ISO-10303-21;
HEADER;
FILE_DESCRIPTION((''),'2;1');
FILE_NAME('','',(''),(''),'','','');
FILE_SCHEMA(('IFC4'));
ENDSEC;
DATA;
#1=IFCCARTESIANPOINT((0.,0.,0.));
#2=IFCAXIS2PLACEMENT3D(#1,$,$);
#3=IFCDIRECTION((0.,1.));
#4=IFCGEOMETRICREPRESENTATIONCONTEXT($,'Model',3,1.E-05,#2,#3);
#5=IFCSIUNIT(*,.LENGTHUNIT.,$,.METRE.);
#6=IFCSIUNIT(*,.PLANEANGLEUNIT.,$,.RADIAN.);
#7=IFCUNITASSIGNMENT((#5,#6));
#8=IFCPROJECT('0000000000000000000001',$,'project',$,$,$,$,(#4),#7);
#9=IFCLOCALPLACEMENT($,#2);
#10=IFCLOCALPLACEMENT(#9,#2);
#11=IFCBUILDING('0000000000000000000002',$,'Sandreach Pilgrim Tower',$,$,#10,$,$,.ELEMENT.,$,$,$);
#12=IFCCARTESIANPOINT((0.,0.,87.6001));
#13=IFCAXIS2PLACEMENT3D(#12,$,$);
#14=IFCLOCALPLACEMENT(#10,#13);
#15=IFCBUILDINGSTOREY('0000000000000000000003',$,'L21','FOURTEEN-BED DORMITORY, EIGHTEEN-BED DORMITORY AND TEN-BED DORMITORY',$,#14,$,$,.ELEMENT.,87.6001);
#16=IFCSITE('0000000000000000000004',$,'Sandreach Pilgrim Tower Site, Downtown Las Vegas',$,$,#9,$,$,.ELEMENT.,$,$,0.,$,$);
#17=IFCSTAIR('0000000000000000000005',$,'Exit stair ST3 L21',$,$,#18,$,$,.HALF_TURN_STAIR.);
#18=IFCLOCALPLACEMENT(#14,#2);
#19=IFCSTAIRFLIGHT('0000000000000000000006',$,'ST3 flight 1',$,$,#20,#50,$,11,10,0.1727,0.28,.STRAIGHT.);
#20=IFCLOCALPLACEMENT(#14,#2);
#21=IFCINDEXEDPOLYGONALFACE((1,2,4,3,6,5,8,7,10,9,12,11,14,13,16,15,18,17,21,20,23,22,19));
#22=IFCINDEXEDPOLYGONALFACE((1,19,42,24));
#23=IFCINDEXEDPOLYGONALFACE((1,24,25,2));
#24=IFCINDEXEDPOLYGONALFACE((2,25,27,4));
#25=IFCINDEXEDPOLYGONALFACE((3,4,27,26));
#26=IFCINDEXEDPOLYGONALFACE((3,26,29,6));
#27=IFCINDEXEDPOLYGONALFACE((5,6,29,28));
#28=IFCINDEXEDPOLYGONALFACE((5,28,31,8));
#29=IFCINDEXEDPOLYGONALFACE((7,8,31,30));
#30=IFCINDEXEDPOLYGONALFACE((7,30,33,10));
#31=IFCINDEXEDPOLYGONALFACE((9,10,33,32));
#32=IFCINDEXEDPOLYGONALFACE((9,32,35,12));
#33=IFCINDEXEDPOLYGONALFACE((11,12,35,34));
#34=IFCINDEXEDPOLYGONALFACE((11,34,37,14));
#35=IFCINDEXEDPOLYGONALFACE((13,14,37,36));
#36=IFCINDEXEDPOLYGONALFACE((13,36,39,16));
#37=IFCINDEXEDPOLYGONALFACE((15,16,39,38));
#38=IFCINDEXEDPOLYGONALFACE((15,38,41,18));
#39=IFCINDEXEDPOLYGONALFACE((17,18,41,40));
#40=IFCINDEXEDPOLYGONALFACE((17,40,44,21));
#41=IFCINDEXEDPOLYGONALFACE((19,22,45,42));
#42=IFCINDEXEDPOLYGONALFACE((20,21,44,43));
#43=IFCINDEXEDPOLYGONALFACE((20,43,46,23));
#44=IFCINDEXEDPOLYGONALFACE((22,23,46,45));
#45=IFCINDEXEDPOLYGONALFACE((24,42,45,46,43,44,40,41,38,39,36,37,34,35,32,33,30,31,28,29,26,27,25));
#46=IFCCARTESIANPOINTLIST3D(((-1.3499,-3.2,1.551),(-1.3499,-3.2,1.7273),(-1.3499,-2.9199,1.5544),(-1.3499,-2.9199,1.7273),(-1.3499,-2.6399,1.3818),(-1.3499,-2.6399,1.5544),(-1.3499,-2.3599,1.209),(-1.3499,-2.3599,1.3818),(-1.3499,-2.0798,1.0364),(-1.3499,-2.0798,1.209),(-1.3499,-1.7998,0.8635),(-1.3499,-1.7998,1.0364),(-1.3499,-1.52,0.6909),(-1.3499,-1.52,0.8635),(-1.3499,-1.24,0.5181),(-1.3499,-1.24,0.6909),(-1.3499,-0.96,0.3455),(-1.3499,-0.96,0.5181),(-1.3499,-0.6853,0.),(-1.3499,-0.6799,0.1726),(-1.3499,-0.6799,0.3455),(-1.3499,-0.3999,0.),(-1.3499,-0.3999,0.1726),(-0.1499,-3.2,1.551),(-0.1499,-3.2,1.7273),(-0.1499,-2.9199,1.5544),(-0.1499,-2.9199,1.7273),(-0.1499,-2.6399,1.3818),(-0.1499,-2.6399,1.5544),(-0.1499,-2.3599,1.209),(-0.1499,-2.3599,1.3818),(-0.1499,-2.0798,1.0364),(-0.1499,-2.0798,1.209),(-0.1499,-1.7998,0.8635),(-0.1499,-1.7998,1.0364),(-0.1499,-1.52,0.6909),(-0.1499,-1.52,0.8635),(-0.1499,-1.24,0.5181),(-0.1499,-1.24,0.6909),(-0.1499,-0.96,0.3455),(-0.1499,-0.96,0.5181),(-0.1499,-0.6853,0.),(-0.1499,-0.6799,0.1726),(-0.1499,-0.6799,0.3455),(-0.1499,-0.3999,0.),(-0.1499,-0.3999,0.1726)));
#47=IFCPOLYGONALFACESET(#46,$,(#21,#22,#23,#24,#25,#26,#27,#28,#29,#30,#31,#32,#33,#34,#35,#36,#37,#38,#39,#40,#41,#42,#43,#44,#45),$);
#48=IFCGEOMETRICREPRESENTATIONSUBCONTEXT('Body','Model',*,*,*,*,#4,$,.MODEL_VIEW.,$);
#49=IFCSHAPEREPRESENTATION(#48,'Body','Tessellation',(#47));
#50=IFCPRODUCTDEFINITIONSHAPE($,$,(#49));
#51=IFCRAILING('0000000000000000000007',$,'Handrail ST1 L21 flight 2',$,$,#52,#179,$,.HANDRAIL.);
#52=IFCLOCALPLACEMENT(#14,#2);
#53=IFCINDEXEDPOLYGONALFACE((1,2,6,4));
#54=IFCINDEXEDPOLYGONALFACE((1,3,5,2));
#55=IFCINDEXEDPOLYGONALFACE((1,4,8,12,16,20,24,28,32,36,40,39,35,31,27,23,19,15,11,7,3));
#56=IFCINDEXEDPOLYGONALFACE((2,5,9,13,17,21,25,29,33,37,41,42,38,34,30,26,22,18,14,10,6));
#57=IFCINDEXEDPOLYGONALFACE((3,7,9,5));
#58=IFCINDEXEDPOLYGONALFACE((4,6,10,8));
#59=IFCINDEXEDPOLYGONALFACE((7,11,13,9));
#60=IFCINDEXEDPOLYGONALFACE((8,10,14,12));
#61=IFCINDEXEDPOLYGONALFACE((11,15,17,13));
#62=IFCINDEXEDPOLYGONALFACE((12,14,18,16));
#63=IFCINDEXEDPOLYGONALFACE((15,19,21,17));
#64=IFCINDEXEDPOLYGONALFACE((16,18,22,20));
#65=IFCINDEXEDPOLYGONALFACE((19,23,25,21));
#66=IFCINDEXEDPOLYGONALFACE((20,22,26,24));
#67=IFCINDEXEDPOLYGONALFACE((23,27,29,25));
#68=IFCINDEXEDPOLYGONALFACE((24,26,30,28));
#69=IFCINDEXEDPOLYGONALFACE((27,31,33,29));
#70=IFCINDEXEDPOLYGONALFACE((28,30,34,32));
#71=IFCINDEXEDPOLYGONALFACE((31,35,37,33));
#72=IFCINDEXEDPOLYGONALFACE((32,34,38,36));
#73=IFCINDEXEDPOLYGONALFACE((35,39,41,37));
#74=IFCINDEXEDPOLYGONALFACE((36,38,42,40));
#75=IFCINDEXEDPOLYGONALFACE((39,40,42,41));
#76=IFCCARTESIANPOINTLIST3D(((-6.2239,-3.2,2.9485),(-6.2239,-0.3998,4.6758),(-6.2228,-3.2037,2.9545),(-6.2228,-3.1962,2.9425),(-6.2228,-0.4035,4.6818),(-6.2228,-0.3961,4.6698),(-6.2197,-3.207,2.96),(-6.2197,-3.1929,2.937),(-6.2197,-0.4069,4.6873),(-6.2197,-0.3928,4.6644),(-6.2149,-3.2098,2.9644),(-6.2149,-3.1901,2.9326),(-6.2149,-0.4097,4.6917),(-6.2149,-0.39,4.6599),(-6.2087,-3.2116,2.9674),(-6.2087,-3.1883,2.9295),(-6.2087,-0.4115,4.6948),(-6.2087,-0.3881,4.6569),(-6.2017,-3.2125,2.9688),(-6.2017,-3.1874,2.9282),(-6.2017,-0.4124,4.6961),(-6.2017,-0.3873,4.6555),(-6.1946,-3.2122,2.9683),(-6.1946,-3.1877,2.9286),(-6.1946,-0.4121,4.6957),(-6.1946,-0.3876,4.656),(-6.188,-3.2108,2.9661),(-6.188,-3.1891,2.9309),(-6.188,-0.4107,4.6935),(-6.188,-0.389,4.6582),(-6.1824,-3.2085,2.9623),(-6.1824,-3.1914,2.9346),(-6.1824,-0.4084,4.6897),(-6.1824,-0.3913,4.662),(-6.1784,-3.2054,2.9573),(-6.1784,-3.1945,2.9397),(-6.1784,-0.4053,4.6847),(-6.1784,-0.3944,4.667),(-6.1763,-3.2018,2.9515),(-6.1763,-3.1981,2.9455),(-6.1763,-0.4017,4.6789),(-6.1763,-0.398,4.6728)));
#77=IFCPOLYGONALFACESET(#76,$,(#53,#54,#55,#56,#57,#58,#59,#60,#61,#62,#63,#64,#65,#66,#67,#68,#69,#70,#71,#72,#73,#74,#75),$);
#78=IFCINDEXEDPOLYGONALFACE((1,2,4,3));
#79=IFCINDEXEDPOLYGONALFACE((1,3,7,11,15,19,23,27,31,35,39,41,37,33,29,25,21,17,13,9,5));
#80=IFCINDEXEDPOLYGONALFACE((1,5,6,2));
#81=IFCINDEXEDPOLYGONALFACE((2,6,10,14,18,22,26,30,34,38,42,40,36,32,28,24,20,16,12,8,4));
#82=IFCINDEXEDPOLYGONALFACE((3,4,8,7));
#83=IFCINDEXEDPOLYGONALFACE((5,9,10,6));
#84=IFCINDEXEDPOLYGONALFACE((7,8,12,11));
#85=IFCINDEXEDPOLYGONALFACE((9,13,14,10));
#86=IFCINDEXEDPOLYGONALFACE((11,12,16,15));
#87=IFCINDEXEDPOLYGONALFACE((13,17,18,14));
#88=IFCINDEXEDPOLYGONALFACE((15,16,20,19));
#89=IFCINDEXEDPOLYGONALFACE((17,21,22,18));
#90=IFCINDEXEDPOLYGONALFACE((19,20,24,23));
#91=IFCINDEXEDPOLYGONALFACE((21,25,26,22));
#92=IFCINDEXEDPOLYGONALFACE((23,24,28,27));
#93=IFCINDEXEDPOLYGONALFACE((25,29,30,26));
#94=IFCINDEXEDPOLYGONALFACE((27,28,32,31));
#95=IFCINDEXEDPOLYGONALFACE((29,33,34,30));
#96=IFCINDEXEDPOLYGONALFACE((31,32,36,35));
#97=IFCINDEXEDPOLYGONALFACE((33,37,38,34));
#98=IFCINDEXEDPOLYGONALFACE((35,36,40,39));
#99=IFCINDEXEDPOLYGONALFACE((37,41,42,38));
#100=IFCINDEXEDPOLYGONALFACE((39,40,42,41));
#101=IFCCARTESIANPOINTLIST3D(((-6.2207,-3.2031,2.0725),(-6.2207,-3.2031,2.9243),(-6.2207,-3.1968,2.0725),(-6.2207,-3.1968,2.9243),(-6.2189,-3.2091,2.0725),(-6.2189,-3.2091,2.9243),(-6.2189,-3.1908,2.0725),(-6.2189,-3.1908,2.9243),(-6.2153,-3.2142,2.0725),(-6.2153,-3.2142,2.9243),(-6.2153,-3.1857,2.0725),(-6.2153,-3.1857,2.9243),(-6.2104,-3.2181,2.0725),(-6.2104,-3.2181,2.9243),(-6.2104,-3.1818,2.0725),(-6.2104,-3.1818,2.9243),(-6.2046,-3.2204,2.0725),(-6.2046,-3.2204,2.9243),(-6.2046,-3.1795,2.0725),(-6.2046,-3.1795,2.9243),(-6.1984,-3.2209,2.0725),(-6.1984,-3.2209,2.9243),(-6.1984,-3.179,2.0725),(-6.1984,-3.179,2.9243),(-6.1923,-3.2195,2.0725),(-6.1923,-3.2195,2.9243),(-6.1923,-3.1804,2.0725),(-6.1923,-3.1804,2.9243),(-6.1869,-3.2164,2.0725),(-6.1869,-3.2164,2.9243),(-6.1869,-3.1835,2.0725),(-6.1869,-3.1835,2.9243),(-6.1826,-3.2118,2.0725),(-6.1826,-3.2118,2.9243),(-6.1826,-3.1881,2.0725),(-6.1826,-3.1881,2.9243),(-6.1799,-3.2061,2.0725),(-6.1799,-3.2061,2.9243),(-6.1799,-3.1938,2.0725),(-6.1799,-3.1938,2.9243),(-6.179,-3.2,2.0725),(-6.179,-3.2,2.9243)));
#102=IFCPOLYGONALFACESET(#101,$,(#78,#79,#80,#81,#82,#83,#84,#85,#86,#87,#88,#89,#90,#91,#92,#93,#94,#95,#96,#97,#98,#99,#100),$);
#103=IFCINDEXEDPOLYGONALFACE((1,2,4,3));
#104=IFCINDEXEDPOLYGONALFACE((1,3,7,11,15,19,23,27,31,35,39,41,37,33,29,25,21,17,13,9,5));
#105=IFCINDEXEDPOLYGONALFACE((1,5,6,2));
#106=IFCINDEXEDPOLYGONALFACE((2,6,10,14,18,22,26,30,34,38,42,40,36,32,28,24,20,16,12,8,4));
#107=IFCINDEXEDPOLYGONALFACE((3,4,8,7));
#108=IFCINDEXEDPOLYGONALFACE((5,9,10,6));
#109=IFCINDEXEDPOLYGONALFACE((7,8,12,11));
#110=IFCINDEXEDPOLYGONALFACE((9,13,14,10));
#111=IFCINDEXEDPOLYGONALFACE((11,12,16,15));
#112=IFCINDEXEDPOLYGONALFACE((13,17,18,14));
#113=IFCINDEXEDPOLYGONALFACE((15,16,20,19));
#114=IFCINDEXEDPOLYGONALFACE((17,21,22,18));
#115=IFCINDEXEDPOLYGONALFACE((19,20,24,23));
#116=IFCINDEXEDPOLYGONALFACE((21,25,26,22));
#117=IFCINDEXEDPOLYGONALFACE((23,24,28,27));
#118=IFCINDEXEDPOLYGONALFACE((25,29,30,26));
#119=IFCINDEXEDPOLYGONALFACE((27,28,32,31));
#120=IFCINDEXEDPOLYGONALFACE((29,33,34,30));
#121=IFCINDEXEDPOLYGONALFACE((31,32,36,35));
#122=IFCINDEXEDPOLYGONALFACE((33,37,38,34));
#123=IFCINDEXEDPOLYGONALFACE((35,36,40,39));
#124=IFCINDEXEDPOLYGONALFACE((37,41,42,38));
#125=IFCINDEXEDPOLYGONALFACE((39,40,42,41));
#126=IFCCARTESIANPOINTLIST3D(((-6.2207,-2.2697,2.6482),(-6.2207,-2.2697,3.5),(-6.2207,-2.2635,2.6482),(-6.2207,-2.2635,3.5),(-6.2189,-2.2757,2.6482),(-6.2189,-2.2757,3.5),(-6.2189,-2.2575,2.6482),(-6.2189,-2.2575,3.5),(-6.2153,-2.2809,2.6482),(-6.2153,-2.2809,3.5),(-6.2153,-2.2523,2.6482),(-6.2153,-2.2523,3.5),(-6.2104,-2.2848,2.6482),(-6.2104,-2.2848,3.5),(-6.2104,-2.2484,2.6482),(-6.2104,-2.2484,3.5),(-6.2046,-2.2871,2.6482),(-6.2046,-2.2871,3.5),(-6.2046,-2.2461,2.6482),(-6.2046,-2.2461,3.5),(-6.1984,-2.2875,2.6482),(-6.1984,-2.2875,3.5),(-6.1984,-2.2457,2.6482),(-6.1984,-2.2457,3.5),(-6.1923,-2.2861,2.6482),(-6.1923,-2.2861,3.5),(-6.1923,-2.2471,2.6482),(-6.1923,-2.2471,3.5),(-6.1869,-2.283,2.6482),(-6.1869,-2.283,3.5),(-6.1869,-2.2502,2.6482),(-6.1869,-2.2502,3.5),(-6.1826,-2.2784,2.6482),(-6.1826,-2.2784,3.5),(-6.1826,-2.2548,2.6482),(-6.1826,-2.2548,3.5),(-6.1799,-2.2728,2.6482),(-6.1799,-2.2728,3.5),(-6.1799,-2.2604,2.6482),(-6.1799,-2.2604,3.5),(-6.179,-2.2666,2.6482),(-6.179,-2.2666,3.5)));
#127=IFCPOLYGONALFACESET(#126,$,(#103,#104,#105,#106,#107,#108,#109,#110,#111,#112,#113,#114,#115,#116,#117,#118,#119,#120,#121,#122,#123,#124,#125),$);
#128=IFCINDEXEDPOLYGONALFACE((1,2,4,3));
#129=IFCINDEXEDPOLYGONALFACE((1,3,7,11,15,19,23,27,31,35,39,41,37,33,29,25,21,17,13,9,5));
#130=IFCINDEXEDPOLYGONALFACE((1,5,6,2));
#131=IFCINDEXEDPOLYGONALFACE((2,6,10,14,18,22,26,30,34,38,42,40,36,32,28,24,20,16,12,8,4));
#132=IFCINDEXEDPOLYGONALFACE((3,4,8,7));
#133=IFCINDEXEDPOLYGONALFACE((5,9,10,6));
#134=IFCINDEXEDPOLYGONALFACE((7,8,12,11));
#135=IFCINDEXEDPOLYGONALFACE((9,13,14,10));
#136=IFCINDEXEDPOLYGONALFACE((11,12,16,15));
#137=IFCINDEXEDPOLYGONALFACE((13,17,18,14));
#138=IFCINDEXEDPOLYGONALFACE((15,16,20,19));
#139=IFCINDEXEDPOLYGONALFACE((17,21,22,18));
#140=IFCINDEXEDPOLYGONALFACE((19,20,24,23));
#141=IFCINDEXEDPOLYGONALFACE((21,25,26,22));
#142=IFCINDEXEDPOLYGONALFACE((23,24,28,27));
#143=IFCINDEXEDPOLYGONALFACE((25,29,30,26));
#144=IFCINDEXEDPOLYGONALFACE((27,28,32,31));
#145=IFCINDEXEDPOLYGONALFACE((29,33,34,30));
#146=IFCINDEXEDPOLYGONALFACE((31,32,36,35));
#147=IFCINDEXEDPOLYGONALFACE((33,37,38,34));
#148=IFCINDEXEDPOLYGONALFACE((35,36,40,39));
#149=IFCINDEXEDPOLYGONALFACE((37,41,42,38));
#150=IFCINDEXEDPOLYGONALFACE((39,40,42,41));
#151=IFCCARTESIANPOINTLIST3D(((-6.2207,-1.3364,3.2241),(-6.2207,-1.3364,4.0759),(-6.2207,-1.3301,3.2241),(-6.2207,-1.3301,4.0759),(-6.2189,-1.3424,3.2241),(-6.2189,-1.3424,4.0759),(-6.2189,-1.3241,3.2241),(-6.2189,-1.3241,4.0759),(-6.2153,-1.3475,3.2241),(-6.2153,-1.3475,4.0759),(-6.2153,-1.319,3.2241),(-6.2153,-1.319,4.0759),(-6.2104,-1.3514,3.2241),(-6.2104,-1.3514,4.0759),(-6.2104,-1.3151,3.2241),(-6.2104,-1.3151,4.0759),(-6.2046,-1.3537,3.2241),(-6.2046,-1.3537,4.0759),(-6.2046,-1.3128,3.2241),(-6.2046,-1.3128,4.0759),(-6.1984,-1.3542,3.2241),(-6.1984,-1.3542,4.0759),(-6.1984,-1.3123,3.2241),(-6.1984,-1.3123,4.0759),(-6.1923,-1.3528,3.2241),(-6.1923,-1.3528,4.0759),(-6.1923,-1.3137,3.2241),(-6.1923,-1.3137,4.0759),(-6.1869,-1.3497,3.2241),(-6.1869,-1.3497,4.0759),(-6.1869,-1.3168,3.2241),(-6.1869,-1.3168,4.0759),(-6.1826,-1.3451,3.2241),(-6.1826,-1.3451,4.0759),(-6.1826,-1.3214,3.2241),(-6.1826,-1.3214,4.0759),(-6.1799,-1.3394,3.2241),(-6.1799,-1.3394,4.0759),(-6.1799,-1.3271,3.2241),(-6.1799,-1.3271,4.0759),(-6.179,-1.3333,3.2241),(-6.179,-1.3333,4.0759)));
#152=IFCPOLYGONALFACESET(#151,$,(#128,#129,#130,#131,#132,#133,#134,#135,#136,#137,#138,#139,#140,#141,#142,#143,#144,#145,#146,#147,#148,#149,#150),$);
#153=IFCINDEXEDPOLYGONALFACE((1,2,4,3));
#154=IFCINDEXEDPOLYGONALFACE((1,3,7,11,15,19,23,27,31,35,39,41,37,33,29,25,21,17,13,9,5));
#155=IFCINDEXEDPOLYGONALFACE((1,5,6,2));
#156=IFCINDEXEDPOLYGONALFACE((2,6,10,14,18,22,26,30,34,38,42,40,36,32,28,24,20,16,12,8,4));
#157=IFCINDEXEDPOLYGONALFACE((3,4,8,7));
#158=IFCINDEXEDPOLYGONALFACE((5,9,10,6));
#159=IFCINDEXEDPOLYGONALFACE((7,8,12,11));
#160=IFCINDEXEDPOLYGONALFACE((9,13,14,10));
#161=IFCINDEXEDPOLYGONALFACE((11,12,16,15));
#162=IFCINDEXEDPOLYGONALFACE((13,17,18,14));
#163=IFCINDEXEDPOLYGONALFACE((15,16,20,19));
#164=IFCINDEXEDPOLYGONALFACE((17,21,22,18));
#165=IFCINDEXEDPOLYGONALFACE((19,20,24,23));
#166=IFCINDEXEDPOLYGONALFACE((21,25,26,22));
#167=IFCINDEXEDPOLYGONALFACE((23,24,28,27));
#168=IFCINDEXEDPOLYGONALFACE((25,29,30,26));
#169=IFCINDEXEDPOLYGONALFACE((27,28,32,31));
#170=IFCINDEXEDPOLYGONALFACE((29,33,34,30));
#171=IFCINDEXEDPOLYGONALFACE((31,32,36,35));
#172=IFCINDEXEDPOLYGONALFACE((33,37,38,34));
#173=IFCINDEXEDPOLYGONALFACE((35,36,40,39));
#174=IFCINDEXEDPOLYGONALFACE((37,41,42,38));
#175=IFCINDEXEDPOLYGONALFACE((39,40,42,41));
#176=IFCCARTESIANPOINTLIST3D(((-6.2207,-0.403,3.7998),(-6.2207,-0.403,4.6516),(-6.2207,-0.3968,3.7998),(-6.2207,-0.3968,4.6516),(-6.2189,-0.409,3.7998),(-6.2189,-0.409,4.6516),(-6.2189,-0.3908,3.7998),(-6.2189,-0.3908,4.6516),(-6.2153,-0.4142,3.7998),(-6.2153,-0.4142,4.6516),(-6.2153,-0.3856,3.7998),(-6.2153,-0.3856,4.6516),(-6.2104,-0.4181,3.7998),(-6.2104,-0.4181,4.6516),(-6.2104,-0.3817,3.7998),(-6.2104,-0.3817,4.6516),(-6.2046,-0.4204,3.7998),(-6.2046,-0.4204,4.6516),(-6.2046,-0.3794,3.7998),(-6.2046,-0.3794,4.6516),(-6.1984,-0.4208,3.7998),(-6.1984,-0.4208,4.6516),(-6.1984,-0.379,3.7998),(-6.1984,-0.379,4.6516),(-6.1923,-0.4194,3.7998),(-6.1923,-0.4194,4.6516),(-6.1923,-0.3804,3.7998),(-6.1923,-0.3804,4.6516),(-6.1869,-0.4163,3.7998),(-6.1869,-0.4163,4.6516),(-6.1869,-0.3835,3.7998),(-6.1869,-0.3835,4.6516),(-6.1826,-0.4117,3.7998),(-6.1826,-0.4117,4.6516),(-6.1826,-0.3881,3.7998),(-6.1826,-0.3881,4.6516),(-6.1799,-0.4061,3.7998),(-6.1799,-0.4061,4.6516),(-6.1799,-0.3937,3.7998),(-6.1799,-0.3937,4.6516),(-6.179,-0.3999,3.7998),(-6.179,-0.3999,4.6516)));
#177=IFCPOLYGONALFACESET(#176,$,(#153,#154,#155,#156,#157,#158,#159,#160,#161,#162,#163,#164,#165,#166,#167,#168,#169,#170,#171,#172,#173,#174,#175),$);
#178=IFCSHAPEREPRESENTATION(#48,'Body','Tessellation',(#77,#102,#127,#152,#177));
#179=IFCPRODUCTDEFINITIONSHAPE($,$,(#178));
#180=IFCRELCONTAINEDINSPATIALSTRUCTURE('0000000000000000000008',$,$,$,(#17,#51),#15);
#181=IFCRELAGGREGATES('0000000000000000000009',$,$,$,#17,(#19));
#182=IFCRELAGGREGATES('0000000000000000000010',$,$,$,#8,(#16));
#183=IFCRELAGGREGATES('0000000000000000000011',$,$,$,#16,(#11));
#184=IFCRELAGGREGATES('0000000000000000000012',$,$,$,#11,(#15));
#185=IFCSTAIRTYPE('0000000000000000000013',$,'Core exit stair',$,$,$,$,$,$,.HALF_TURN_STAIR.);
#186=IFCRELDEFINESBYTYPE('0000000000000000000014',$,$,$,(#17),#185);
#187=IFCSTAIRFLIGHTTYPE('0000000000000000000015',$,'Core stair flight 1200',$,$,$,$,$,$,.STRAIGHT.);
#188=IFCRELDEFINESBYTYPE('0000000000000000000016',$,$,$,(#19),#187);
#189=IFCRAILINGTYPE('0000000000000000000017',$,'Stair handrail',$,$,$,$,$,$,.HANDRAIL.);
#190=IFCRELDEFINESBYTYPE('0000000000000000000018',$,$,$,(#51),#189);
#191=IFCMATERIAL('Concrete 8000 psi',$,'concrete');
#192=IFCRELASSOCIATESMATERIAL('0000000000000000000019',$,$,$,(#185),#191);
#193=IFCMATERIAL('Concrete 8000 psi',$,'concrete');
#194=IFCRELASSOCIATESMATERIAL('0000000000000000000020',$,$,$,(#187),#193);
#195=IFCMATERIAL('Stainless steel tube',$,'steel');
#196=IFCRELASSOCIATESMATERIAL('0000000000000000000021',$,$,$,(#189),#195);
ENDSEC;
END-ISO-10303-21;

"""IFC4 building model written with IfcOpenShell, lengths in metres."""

from ifc_helpers import new_model, si_unit, direction, frame, origin, origin_2d, place, context, subcontext, project, spatial, polyline, circle, outline, extrude, material, type_object, element, aggregate, save


model = new_model("IFC4")

# Units and contexts
model_context = context("Model", 3, precision=1e-05, world=origin(), true_north=direction((0.0, 1.0)))
body_context = subcontext(model_context, "Body", "Model", "MODEL_VIEW")
ifc_project = project(units=[si_unit("LENGTHUNIT", "METRE"), si_unit("PLANEANGLEUNIT", "RADIAN")], contexts=[model_context])

# Site, building, storey
site_placement = place(None, origin())
site = spatial("IfcSite", under=ifc_project, at=site_placement, Name="Sandreach Pilgrim Tower Site, Downtown Las Vegas", CompositionType="ELEMENT", RefElevation=0.0)
building_placement = place(site_placement, origin())
building = spatial("IfcBuilding", under=site, at=building_placement, Name="Sandreach Pilgrim Tower", CompositionType="ELEMENT")
storey_placement = place(building_placement, frame((0.0, 0.0, 87.6001)))
storey = spatial("IfcBuildingStorey", under=building, at=storey_placement, Name="L21", Description="FOURTEEN-BED DORMITORY, EIGHTEEN-BED DORMITORY AND TEN-BED DORMITORY", CompositionType="ELEMENT", Elevation=87.6001)

# Stair, stair flight
ifc_material_1 = material(Name="Concrete 8000 psi", Category="concrete")
stair_type = type_object("IfcStairType", Name="Core exit stair", PredefinedType="HALF_TURN_STAIR", material=ifc_material_1)
ifc_material_2 = material(Name="Concrete 8000 psi", Category="concrete")
stair_flight_type = type_object("IfcStairFlightType", Name="Core stair flight 1200", PredefinedType="STRAIGHT", material=ifc_material_2)
stair_1_placement = place(storey_placement, origin())
stair_1 = element("IfcStair", 1, at=stair_1_placement, inside=storey, type_object=stair_type, Name="Exit stair ST3 L21", PredefinedType="HALF_TURN_STAIR")
stair_flight_1_placement = place(storey_placement, frame((-0.75, -0.3999, 0.0), z_axis=(0.0, 0.0, 1.0), x_axis=(0.0, -1.0, 0.0)))
stair_flight_1 = element("IfcStairFlight", 2, at=stair_flight_1_placement, type_object=stair_flight_type, Name="ST3 flight 1", NumberOfRisers=11, NumberOfTreads=10, PredefinedType="STRAIGHT", RiserHeight=0.1727, TreadLength=0.28, context=body_context, shape_type="SweptSolid", body=[
    extrude(outline(polyline([(0.0, 0.0), (0.0, 0.1726), (0.28, 0.1726), (0.28, 0.3455), (0.5601, 0.3455), (0.5601, 0.5181), (0.8401, 0.5181), (0.8401, 0.6909), (1.1201, 0.6909), (1.1201, 0.8635), (1.3999, 0.8635), (1.3999, 1.0364), (1.6799, 1.0364), (1.6799, 1.209), (1.96, 1.209), (1.96, 1.3818), (2.24, 1.3818), (2.24, 1.5544), (2.52, 1.5544), (2.52, 1.7273), (2.8, 1.7273), (2.8, 1.8999), (2.8, 1.551), (0.2854, 0.0), (0.0, 0.0)])), frame((0.0, 0.6001, 0.0), z_axis=(0.0, -1.0, 0.0), x_axis=(1.0, 0.0, 0.0)), (0.0, 0.0, 1.0), 1.2),
])
aggregate(stair_1, [stair_flight_1])

# Railing
ifc_material_3 = material(Name="Stainless steel tube", Category="steel")
railing_type = type_object("IfcRailingType", Name="Stair handrail", PredefinedType="HANDRAIL", material=ifc_material_3)
for number, where, name in (
    (3, (-6.2, -3.2, 2.0725), "Handrail ST1 L21 flight 2"),
):
    element("IfcRailing", number, at=place(storey_placement, frame(where)), inside=storey, type_object=railing_type, Name=name, PredefinedType="HANDRAIL", context=body_context, shape_type="SweptSolid", body=[
        extrude(circle(Radius=0.0239, at=origin_2d()), frame((0.0, 0.0, 0.876), z_axis=(0.0, 0.85109, 0.52502), x_axis=(-1.0, 0.0, 0.0)), (0.0, 0.0, 1.0), 3.29),
        extrude(circle(Radius=0.021, at=origin_2d()), origin(), (0.0, 0.0, 1.0), 0.8518),
        extrude(circle(Radius=0.021, at=origin_2d()), frame((0.0, 0.9333, 0.5757)), (0.0, 0.0, 1.0), 0.8518),
        extrude(circle(Radius=0.021, at=origin_2d()), frame((0.0, 1.8667, 1.1516)), (0.0, 0.0, 1.0), 0.8518),
        extrude(circle(Radius=0.021, at=origin_2d()), frame((0.0, 2.8, 1.7273)), (0.0, 0.0, 1.0), 0.8518),
    ])

save(model, "model.ifc")
